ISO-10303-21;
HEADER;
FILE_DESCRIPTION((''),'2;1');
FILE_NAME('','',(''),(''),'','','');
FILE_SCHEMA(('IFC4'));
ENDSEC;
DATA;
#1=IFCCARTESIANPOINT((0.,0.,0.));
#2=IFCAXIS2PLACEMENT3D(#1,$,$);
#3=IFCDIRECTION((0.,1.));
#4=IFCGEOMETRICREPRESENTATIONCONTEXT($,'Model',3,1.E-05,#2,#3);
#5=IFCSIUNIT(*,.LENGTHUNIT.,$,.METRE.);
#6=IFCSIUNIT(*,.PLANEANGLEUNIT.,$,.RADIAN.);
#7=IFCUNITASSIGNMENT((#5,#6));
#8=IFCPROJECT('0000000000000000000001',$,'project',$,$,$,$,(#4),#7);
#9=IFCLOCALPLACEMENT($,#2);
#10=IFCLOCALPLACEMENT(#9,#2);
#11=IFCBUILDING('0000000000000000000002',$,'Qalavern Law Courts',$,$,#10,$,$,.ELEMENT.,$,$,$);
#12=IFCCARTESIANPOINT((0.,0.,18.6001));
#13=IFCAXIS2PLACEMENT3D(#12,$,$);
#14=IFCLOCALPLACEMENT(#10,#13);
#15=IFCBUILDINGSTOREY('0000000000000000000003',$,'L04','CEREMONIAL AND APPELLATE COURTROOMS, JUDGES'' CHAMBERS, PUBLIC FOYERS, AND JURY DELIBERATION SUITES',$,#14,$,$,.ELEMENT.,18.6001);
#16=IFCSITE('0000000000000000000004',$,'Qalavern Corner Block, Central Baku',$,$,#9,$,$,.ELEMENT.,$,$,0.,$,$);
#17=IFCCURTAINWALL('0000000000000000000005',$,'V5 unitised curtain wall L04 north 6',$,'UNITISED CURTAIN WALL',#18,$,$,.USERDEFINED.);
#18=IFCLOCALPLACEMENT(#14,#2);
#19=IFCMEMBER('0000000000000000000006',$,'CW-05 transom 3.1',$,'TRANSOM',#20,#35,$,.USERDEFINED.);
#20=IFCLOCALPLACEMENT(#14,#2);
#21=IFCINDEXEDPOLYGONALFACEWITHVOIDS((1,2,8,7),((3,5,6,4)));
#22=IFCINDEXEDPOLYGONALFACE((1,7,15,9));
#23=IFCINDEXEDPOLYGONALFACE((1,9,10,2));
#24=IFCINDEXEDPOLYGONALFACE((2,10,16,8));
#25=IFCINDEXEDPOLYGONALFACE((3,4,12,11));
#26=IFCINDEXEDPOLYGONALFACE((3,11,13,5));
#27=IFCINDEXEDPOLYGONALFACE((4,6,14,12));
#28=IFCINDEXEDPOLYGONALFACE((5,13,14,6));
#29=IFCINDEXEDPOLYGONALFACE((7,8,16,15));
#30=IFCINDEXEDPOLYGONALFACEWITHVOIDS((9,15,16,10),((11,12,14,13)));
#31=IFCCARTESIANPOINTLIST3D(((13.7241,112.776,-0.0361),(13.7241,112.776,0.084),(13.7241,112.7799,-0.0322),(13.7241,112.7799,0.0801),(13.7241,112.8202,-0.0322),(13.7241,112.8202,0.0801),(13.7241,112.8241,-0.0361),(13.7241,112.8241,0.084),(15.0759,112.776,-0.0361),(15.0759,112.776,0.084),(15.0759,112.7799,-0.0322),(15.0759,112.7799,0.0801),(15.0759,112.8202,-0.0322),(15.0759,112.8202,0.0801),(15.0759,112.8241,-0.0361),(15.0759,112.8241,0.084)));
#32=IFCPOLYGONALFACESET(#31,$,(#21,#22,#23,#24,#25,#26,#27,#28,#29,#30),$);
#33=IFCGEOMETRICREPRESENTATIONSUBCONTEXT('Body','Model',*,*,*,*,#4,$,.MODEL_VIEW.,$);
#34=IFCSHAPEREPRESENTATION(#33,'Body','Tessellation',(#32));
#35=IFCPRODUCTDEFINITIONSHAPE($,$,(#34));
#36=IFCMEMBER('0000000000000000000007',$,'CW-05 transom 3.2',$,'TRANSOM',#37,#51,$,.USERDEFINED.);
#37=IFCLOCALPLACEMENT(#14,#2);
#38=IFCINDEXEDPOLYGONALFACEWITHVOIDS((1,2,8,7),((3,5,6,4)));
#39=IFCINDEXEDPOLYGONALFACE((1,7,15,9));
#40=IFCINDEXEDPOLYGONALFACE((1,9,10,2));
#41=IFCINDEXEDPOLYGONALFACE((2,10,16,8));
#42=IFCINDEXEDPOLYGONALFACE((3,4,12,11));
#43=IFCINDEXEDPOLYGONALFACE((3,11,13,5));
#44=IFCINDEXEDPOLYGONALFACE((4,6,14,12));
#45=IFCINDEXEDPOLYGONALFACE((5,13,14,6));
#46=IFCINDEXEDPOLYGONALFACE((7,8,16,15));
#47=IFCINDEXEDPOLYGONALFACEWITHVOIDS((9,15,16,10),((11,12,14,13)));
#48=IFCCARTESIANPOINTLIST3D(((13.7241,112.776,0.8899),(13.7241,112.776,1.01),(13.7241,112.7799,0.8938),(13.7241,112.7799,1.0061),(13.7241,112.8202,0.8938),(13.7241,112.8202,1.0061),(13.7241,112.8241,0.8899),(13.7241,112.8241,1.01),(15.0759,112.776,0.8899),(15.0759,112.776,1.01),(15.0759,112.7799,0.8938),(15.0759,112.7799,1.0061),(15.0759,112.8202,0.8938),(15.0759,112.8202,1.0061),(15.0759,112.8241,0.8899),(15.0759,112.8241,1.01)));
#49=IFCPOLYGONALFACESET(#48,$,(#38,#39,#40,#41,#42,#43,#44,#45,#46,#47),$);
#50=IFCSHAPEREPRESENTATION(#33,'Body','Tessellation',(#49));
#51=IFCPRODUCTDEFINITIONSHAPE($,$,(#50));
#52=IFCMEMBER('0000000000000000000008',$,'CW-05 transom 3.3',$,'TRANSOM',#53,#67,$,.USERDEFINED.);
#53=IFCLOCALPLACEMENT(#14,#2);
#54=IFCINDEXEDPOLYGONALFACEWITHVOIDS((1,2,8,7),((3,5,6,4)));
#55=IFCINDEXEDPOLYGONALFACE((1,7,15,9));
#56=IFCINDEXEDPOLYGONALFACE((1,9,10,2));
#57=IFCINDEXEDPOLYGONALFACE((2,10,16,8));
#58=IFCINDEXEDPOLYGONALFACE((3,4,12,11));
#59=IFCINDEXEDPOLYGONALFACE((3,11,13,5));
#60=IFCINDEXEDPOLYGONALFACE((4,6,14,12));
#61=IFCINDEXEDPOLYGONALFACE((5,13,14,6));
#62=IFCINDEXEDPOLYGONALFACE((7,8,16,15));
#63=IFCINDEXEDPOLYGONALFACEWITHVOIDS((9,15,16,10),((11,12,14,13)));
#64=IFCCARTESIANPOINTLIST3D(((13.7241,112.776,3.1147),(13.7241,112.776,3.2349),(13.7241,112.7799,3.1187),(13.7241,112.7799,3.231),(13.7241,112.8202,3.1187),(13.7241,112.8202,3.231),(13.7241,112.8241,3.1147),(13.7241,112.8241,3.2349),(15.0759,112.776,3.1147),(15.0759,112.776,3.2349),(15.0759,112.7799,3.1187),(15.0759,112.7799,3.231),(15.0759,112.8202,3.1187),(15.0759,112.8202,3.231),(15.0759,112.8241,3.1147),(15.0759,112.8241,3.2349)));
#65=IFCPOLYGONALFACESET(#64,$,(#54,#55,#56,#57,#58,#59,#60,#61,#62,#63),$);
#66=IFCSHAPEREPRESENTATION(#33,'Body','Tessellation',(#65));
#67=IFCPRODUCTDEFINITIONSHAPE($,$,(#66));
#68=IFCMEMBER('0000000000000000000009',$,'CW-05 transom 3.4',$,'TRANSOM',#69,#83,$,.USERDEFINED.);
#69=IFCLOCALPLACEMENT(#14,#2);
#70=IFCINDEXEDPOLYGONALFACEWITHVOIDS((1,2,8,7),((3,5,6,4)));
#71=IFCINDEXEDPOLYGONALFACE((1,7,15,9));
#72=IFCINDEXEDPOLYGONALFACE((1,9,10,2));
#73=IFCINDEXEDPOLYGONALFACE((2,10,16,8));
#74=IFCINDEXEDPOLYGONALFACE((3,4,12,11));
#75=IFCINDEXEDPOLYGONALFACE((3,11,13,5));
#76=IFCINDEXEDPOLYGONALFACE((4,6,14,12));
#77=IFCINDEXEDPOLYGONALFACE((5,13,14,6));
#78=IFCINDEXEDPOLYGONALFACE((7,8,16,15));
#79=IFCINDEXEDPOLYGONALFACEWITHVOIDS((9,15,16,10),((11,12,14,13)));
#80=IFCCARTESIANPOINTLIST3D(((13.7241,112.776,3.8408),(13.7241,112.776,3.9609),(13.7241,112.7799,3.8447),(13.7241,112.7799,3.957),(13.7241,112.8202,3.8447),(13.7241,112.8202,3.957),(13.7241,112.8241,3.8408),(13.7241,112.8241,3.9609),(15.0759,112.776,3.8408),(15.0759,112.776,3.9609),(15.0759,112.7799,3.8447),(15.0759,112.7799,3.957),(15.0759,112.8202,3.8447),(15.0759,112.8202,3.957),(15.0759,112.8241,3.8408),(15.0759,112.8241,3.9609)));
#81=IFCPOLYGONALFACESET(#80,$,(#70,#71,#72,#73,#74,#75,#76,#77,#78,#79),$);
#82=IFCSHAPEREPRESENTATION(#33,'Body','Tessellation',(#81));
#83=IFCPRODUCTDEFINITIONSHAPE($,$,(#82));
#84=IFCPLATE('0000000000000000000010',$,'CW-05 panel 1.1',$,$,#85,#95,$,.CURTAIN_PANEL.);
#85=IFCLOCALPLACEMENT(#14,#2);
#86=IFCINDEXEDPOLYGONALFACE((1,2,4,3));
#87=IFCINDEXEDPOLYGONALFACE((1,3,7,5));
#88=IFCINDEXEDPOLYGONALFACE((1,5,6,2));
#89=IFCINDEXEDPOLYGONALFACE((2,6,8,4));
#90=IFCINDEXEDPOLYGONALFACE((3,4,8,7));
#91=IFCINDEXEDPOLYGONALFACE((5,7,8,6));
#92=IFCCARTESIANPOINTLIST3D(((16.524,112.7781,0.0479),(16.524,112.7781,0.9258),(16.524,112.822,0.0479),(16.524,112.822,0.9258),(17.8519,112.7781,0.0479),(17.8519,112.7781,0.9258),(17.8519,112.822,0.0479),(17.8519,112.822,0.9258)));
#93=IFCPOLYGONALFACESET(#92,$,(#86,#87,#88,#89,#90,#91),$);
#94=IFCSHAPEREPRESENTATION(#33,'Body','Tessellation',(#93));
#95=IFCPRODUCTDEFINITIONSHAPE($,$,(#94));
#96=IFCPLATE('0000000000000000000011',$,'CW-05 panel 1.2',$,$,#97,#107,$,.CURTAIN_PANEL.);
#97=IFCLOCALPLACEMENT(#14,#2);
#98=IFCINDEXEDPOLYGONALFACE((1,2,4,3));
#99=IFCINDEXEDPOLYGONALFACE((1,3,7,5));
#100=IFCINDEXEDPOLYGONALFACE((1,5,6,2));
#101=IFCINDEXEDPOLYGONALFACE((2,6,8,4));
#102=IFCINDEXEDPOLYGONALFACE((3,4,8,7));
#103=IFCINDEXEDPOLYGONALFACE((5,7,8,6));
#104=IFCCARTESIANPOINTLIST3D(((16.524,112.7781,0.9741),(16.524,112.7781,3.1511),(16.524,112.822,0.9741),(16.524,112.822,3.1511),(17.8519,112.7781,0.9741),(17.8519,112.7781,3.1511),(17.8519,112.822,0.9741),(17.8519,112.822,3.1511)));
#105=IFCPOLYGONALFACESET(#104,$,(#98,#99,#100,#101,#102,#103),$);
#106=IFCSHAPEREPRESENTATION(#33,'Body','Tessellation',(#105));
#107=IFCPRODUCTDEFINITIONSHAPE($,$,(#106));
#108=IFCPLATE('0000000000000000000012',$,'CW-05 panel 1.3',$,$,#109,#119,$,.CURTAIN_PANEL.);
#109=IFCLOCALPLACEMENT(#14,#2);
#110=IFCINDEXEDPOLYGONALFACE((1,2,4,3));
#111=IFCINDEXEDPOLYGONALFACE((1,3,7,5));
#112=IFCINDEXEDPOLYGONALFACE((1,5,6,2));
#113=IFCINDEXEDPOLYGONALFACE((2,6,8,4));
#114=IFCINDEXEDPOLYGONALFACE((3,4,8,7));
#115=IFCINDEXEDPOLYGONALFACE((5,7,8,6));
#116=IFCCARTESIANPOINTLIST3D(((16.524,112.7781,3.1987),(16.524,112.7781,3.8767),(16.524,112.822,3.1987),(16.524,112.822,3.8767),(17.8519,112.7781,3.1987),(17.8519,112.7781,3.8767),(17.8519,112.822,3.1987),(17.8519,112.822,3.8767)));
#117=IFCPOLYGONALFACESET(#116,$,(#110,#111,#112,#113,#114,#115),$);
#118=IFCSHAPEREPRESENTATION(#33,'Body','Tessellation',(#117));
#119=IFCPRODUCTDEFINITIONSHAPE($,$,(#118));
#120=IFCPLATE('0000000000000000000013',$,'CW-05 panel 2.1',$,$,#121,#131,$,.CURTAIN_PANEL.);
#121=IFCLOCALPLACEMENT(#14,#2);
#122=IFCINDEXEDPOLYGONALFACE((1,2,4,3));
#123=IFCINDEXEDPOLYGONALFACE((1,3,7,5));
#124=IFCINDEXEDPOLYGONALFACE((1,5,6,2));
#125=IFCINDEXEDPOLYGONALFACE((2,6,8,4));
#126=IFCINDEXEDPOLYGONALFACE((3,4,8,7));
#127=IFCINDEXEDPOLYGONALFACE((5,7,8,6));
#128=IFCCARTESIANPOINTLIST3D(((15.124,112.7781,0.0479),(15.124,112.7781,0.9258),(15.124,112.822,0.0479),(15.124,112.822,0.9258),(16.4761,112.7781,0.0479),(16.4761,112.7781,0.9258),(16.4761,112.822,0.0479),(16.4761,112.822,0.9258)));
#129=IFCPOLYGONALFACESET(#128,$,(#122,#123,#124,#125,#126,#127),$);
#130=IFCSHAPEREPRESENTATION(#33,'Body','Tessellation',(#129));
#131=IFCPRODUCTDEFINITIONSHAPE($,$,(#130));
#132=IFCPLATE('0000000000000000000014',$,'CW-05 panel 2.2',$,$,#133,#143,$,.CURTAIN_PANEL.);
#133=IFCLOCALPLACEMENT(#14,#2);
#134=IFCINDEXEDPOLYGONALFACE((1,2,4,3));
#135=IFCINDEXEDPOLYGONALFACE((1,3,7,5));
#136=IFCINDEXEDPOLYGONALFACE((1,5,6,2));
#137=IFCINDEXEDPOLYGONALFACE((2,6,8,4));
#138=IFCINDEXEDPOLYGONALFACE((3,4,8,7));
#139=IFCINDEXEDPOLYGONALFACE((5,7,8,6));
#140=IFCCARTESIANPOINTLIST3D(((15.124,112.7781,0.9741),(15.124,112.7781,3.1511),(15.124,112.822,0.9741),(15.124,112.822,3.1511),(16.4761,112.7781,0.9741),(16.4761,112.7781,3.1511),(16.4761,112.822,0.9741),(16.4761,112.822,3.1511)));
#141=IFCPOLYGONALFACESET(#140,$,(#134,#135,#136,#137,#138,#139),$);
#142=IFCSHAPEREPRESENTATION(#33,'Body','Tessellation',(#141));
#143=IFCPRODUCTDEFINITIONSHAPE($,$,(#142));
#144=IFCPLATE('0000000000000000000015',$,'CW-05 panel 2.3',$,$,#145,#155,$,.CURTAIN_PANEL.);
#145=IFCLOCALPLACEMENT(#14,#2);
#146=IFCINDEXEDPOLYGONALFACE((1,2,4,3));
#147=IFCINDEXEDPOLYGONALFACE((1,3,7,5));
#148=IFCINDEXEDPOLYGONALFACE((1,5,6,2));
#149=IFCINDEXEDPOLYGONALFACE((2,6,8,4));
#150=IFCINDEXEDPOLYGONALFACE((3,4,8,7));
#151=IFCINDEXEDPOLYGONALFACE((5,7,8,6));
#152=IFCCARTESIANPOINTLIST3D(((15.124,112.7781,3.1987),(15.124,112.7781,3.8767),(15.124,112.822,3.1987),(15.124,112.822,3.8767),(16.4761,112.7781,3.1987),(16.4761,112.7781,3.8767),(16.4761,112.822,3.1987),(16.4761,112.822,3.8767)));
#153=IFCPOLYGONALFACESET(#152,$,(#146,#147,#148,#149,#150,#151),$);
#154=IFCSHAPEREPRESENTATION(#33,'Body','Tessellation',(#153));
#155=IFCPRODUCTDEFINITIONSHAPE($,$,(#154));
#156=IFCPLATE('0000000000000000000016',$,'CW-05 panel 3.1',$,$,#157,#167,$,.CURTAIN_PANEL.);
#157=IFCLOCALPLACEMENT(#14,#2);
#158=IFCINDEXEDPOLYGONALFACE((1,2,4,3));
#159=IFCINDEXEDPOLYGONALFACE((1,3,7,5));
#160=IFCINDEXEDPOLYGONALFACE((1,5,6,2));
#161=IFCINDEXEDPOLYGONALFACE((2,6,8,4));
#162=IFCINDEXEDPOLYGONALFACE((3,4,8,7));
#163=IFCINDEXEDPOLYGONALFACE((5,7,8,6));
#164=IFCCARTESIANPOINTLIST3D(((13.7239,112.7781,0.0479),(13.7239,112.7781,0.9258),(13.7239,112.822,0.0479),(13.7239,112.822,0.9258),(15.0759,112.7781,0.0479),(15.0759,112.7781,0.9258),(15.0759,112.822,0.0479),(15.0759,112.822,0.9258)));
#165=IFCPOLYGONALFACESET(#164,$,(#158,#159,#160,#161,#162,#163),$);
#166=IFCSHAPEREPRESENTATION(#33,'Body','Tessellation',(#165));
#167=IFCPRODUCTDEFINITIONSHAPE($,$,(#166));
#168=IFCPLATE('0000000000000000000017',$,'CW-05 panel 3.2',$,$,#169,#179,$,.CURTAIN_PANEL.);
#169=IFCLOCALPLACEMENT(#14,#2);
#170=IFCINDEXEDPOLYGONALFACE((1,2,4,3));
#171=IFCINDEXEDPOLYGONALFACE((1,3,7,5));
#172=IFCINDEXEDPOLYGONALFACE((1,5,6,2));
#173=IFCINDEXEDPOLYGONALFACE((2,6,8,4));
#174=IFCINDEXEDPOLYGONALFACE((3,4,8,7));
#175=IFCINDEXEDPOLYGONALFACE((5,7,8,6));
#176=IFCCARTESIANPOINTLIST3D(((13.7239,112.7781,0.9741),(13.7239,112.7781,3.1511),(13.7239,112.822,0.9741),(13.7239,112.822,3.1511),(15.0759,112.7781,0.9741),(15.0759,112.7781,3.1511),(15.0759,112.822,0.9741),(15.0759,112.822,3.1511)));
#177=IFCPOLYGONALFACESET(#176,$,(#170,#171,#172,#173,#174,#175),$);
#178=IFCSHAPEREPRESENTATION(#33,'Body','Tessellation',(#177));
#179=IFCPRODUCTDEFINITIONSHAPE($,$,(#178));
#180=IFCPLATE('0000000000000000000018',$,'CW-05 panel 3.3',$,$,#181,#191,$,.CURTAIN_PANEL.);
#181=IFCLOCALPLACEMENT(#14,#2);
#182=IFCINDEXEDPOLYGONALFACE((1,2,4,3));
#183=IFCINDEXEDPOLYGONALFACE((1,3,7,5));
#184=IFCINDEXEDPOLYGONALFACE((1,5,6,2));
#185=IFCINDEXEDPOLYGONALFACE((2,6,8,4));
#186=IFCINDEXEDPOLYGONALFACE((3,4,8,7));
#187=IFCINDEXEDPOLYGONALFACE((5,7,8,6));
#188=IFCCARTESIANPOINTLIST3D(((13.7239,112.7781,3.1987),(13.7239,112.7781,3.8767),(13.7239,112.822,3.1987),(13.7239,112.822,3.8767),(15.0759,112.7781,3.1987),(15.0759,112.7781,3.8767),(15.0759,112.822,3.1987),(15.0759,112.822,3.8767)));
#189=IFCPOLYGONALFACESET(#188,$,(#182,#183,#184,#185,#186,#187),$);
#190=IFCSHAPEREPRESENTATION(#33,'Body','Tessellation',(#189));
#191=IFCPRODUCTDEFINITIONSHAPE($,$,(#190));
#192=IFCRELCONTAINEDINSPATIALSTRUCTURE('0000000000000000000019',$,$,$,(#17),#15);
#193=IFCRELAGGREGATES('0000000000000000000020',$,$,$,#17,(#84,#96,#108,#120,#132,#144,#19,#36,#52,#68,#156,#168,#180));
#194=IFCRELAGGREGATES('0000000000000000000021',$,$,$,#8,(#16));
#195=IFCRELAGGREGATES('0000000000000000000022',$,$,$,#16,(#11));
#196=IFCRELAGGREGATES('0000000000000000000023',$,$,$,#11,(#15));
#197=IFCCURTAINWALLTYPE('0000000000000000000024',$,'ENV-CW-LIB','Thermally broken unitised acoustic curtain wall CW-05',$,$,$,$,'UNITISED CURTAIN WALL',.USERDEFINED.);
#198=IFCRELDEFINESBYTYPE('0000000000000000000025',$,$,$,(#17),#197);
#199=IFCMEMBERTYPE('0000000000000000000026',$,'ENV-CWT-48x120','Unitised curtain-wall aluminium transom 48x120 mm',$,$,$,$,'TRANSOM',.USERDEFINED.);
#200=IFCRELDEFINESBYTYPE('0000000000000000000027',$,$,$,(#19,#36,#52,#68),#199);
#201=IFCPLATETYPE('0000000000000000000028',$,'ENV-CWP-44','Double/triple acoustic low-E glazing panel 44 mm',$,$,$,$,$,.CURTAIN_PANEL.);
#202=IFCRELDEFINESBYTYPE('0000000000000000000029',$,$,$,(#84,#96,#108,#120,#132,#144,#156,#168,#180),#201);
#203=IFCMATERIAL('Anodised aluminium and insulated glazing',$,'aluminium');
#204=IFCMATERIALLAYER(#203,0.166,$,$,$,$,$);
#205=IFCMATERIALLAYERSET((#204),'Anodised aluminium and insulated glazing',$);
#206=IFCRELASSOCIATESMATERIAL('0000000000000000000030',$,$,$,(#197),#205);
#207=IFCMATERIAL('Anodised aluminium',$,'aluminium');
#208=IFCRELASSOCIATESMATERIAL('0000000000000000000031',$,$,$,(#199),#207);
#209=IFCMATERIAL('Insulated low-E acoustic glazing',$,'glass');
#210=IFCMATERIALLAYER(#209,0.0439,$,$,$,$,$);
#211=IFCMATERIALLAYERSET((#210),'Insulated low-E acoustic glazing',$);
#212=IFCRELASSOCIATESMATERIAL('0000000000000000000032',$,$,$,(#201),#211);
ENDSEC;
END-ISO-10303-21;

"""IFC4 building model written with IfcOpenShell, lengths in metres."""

from ifc_helpers import new_model, si_unit, direction, frame, origin, origin_2d, place, context, subcontext, project, spatial, rectangle, hollow_rectangle, extrude, material, layer, layer_set, material_profile, profile_set, type_object, element, aggregate, save


model = new_model("IFC4")

# Units and contexts
model_context = context("Model", 3, precision=1e-05, world=origin(), true_north=direction((0.0, 1.0)))
body_context = subcontext(model_context, "Body", "Model", "MODEL_VIEW")
ifc_project = project(units=[si_unit("LENGTHUNIT", "METRE"), si_unit("PLANEANGLEUNIT", "RADIAN")], contexts=[model_context])

# Site, building, storey
site_placement = place(None, origin())
site = spatial("IfcSite", under=ifc_project, at=site_placement, Name="Qalavern Corner Block, Central Baku", CompositionType="ELEMENT", RefElevation=0.0)
building_placement = place(site_placement, origin())
building = spatial("IfcBuilding", under=site, at=building_placement, Name="Qalavern Law Courts", CompositionType="ELEMENT")
storey_placement = place(building_placement, frame((0.0, 0.0, 18.6001)))
storey = spatial("IfcBuildingStorey", under=building, at=storey_placement, Name="L04", Description="CEREMONIAL AND APPELLATE COURTROOMS, JUDGES' CHAMBERS, PUBLIC FOYERS, AND JURY DELIBERATION SUITES", CompositionType="ELEMENT", Elevation=18.6001)

# Curtain wall, members, plates
ifc_material_1 = material(Name="Anodised aluminium and insulated glazing", Category="aluminium")
ifc_layer_1 = layer(ifc_material_1, 0.166)
ifc_layer_set_1 = layer_set([ifc_layer_1], Name="Anodised aluminium and insulated glazing")
curtain_wall_type = type_object("IfcCurtainWallType", Name="ENV-CW-LIB", Description="Thermally broken unitised acoustic curtain wall CW-05", ElementType="UNITISED CURTAIN WALL", PredefinedType="USERDEFINED", material=ifc_layer_set_1)
curtain_wall_placement = place(storey_placement, origin())
curtain_wall = element("IfcCurtainWall", 1, at=curtain_wall_placement, inside=storey, type_object=curtain_wall_type, Name="V5 unitised curtain wall L04 north 6", ObjectType="UNITISED CURTAIN WALL", PredefinedType="USERDEFINED")
ifc_material_2 = material(Name="Anodised aluminium", Category="aluminium")
ifc_material_profile_1 = material_profile(ifc_material_2, hollow_rectangle(XDim=0.0481, YDim=0.1201, WallThickness=0.0039, at=origin_2d()), Name="ALU TRANSOM 48x120")
ifc_profile_set_1 = profile_set([ifc_material_profile_1], Name="Anodised aluminium")
member_type_1 = type_object("IfcMemberType", Name="ENV-CWT-48x120", Description="Unitised curtain-wall aluminium transom 48x120 mm", ElementType="TRANSOM", PredefinedType="USERDEFINED", material=ifc_profile_set_1)
member_1_placement = place(storey_placement, frame((15.0759, 112.8, 0.0239), z_axis=(-1.0, 0.0, 0.0), x_axis=(0.0, -1.0, 0.0)))
member_1 = element("IfcMember", 2, at=member_1_placement, type_object=member_type_1, Name="CW-05 transom 3.1", ObjectType="TRANSOM", PredefinedType="USERDEFINED", context=body_context, shape_type="SweptSolid", body=[
    extrude(hollow_rectangle(XDim=0.0481, YDim=0.1201, WallThickness=0.0039, at=origin_2d()), origin(), (0.0, 0.0, 1.0), 1.3518),
])
member_2_placement = place(storey_placement, frame((15.0759, 112.8, 0.95), z_axis=(-1.0, 0.0, 0.0), x_axis=(0.0, -1.0, 0.0)))
member_2 = element("IfcMember", 3, at=member_2_placement, type_object=member_type_1, Name="CW-05 transom 3.2", ObjectType="TRANSOM", PredefinedType="USERDEFINED", context=body_context, shape_type="SweptSolid", body=[
    extrude(hollow_rectangle(XDim=0.0481, YDim=0.1201, WallThickness=0.0039, at=origin_2d()), origin(), (0.0, 0.0, 1.0), 1.3518),
])
member_3_placement = place(storey_placement, frame((15.0759, 112.8, 3.1748), z_axis=(-1.0, 0.0, 0.0), x_axis=(0.0, -1.0, 0.0)))
member_3 = element("IfcMember", 4, at=member_3_placement, type_object=member_type_1, Name="CW-05 transom 3.3", ObjectType="TRANSOM", PredefinedType="USERDEFINED", context=body_context, shape_type="SweptSolid", body=[
    extrude(hollow_rectangle(XDim=0.0481, YDim=0.1201, WallThickness=0.0039, at=origin_2d()), origin(), (0.0, 0.0, 1.0), 1.3518),
])
member_4_placement = place(storey_placement, frame((15.0759, 112.8, 3.9009), z_axis=(-1.0, 0.0, 0.0), x_axis=(0.0, -1.0, 0.0)))
member_4 = element("IfcMember", 5, at=member_4_placement, type_object=member_type_1, Name="CW-05 transom 3.4", ObjectType="TRANSOM", PredefinedType="USERDEFINED", context=body_context, shape_type="SweptSolid", body=[
    extrude(hollow_rectangle(XDim=0.0481, YDim=0.1201, WallThickness=0.0039, at=origin_2d()), origin(), (0.0, 0.0, 1.0), 1.3518),
])
ifc_material_3 = material(Name="Insulated low-E acoustic glazing", Category="glass")
ifc_layer_2 = layer(ifc_material_3, 0.0439)
ifc_layer_set_2 = layer_set([ifc_layer_2], Name="Insulated low-E acoustic glazing")
plate_type = type_object("IfcPlateType", Name="ENV-CWP-44", Description="Double/triple acoustic low-E glazing panel 44 mm", PredefinedType="CURTAIN_PANEL", material=ifc_layer_set_2)
plate_1_placement = place(storey_placement, frame((17.188, 112.8, 0.0479), z_axis=(0.0, 0.0, 1.0), x_axis=(-1.0, 0.0, 0.0)))
plate_1 = element("IfcPlate", 6, at=plate_1_placement, type_object=plate_type, Name="CW-05 panel 1.1", PredefinedType="CURTAIN_PANEL", context=body_context, shape_type="SweptSolid", body=[
    extrude(rectangle(XDim=1.3279, YDim=0.0439, at=origin_2d()), origin(), (0.0, 0.0, 1.0), 0.8779),
])
plate_2_placement = place(storey_placement, frame((17.188, 112.8, 0.9741), z_axis=(0.0, 0.0, 1.0), x_axis=(-1.0, 0.0, 0.0)))
plate_2 = element("IfcPlate", 7, at=plate_2_placement, type_object=plate_type, Name="CW-05 panel 1.2", PredefinedType="CURTAIN_PANEL", context=body_context, shape_type="SweptSolid", body=[
    extrude(rectangle(XDim=1.3279, YDim=0.0439, at=origin_2d()), origin(), (0.0, 0.0, 1.0), 2.177),
])
plate_3_placement = place(storey_placement, frame((17.188, 112.8, 3.1987), z_axis=(0.0, 0.0, 1.0), x_axis=(-1.0, 0.0, 0.0)))
plate_3 = element("IfcPlate", 8, at=plate_3_placement, type_object=plate_type, Name="CW-05 panel 1.3", PredefinedType="CURTAIN_PANEL", context=body_context, shape_type="SweptSolid", body=[
    extrude(rectangle(XDim=1.3279, YDim=0.0439, at=origin_2d()), origin(), (0.0, 0.0, 1.0), 0.678),
])
plate_4_placement = place(storey_placement, frame((15.8, 112.8, 0.0479), z_axis=(0.0, 0.0, 1.0), x_axis=(-1.0, 0.0, 0.0)))
plate_4 = element("IfcPlate", 9, at=plate_4_placement, type_object=plate_type, Name="CW-05 panel 2.1", PredefinedType="CURTAIN_PANEL", context=body_context, shape_type="SweptSolid", body=[
    extrude(rectangle(XDim=1.3521, YDim=0.0439, at=origin_2d()), origin(), (0.0, 0.0, 1.0), 0.8779),
])
plate_5_placement = place(storey_placement, frame((15.8, 112.8, 0.9741), z_axis=(0.0, 0.0, 1.0), x_axis=(-1.0, 0.0, 0.0)))
plate_5 = element("IfcPlate", 10, at=plate_5_placement, type_object=plate_type, Name="CW-05 panel 2.2", PredefinedType="CURTAIN_PANEL", context=body_context, shape_type="SweptSolid", body=[
    extrude(rectangle(XDim=1.3521, YDim=0.0439, at=origin_2d()), origin(), (0.0, 0.0, 1.0), 2.177),
])
plate_6_placement = place(storey_placement, frame((15.8, 112.8, 3.1987), z_axis=(0.0, 0.0, 1.0), x_axis=(-1.0, 0.0, 0.0)))
plate_6 = element("IfcPlate", 11, at=plate_6_placement, type_object=plate_type, Name="CW-05 panel 2.3", PredefinedType="CURTAIN_PANEL", context=body_context, shape_type="SweptSolid", body=[
    extrude(rectangle(XDim=1.3521, YDim=0.0439, at=origin_2d()), origin(), (0.0, 0.0, 1.0), 0.678),
])
plate_7_placement = place(storey_placement, frame((14.3999, 112.8, 0.0479), z_axis=(0.0, 0.0, 1.0), x_axis=(-1.0, 0.0, 0.0)))
plate_7 = element("IfcPlate", 12, at=plate_7_placement, type_object=plate_type, Name="CW-05 panel 3.1", PredefinedType="CURTAIN_PANEL", context=body_context, shape_type="SweptSolid", body=[
    extrude(rectangle(XDim=1.3521, YDim=0.0439, at=origin_2d()), origin(), (0.0, 0.0, 1.0), 0.8779),
])
plate_8_placement = place(storey_placement, frame((14.3999, 112.8, 0.9741), z_axis=(0.0, 0.0, 1.0), x_axis=(-1.0, 0.0, 0.0)))
plate_8 = element("IfcPlate", 13, at=plate_8_placement, type_object=plate_type, Name="CW-05 panel 3.2", PredefinedType="CURTAIN_PANEL", context=body_context, shape_type="SweptSolid", body=[
    extrude(rectangle(XDim=1.3521, YDim=0.0439, at=origin_2d()), origin(), (0.0, 0.0, 1.0), 2.177),
])
plate_9_placement = place(storey_placement, frame((14.3999, 112.8, 3.1987), z_axis=(0.0, 0.0, 1.0), x_axis=(-1.0, 0.0, 0.0)))
plate_9 = element("IfcPlate", 14, at=plate_9_placement, type_object=plate_type, Name="CW-05 panel 3.3", PredefinedType="CURTAIN_PANEL", context=body_context, shape_type="SweptSolid", body=[
    extrude(rectangle(XDim=1.3521, YDim=0.0439, at=origin_2d()), origin(), (0.0, 0.0, 1.0), 0.678),
])
aggregate(curtain_wall, [plate_1, plate_2, plate_3, plate_4, plate_5, plate_6, member_1, member_2, member_3, member_4, plate_7, plate_8, plate_9])

save(model, "model.ifc")
